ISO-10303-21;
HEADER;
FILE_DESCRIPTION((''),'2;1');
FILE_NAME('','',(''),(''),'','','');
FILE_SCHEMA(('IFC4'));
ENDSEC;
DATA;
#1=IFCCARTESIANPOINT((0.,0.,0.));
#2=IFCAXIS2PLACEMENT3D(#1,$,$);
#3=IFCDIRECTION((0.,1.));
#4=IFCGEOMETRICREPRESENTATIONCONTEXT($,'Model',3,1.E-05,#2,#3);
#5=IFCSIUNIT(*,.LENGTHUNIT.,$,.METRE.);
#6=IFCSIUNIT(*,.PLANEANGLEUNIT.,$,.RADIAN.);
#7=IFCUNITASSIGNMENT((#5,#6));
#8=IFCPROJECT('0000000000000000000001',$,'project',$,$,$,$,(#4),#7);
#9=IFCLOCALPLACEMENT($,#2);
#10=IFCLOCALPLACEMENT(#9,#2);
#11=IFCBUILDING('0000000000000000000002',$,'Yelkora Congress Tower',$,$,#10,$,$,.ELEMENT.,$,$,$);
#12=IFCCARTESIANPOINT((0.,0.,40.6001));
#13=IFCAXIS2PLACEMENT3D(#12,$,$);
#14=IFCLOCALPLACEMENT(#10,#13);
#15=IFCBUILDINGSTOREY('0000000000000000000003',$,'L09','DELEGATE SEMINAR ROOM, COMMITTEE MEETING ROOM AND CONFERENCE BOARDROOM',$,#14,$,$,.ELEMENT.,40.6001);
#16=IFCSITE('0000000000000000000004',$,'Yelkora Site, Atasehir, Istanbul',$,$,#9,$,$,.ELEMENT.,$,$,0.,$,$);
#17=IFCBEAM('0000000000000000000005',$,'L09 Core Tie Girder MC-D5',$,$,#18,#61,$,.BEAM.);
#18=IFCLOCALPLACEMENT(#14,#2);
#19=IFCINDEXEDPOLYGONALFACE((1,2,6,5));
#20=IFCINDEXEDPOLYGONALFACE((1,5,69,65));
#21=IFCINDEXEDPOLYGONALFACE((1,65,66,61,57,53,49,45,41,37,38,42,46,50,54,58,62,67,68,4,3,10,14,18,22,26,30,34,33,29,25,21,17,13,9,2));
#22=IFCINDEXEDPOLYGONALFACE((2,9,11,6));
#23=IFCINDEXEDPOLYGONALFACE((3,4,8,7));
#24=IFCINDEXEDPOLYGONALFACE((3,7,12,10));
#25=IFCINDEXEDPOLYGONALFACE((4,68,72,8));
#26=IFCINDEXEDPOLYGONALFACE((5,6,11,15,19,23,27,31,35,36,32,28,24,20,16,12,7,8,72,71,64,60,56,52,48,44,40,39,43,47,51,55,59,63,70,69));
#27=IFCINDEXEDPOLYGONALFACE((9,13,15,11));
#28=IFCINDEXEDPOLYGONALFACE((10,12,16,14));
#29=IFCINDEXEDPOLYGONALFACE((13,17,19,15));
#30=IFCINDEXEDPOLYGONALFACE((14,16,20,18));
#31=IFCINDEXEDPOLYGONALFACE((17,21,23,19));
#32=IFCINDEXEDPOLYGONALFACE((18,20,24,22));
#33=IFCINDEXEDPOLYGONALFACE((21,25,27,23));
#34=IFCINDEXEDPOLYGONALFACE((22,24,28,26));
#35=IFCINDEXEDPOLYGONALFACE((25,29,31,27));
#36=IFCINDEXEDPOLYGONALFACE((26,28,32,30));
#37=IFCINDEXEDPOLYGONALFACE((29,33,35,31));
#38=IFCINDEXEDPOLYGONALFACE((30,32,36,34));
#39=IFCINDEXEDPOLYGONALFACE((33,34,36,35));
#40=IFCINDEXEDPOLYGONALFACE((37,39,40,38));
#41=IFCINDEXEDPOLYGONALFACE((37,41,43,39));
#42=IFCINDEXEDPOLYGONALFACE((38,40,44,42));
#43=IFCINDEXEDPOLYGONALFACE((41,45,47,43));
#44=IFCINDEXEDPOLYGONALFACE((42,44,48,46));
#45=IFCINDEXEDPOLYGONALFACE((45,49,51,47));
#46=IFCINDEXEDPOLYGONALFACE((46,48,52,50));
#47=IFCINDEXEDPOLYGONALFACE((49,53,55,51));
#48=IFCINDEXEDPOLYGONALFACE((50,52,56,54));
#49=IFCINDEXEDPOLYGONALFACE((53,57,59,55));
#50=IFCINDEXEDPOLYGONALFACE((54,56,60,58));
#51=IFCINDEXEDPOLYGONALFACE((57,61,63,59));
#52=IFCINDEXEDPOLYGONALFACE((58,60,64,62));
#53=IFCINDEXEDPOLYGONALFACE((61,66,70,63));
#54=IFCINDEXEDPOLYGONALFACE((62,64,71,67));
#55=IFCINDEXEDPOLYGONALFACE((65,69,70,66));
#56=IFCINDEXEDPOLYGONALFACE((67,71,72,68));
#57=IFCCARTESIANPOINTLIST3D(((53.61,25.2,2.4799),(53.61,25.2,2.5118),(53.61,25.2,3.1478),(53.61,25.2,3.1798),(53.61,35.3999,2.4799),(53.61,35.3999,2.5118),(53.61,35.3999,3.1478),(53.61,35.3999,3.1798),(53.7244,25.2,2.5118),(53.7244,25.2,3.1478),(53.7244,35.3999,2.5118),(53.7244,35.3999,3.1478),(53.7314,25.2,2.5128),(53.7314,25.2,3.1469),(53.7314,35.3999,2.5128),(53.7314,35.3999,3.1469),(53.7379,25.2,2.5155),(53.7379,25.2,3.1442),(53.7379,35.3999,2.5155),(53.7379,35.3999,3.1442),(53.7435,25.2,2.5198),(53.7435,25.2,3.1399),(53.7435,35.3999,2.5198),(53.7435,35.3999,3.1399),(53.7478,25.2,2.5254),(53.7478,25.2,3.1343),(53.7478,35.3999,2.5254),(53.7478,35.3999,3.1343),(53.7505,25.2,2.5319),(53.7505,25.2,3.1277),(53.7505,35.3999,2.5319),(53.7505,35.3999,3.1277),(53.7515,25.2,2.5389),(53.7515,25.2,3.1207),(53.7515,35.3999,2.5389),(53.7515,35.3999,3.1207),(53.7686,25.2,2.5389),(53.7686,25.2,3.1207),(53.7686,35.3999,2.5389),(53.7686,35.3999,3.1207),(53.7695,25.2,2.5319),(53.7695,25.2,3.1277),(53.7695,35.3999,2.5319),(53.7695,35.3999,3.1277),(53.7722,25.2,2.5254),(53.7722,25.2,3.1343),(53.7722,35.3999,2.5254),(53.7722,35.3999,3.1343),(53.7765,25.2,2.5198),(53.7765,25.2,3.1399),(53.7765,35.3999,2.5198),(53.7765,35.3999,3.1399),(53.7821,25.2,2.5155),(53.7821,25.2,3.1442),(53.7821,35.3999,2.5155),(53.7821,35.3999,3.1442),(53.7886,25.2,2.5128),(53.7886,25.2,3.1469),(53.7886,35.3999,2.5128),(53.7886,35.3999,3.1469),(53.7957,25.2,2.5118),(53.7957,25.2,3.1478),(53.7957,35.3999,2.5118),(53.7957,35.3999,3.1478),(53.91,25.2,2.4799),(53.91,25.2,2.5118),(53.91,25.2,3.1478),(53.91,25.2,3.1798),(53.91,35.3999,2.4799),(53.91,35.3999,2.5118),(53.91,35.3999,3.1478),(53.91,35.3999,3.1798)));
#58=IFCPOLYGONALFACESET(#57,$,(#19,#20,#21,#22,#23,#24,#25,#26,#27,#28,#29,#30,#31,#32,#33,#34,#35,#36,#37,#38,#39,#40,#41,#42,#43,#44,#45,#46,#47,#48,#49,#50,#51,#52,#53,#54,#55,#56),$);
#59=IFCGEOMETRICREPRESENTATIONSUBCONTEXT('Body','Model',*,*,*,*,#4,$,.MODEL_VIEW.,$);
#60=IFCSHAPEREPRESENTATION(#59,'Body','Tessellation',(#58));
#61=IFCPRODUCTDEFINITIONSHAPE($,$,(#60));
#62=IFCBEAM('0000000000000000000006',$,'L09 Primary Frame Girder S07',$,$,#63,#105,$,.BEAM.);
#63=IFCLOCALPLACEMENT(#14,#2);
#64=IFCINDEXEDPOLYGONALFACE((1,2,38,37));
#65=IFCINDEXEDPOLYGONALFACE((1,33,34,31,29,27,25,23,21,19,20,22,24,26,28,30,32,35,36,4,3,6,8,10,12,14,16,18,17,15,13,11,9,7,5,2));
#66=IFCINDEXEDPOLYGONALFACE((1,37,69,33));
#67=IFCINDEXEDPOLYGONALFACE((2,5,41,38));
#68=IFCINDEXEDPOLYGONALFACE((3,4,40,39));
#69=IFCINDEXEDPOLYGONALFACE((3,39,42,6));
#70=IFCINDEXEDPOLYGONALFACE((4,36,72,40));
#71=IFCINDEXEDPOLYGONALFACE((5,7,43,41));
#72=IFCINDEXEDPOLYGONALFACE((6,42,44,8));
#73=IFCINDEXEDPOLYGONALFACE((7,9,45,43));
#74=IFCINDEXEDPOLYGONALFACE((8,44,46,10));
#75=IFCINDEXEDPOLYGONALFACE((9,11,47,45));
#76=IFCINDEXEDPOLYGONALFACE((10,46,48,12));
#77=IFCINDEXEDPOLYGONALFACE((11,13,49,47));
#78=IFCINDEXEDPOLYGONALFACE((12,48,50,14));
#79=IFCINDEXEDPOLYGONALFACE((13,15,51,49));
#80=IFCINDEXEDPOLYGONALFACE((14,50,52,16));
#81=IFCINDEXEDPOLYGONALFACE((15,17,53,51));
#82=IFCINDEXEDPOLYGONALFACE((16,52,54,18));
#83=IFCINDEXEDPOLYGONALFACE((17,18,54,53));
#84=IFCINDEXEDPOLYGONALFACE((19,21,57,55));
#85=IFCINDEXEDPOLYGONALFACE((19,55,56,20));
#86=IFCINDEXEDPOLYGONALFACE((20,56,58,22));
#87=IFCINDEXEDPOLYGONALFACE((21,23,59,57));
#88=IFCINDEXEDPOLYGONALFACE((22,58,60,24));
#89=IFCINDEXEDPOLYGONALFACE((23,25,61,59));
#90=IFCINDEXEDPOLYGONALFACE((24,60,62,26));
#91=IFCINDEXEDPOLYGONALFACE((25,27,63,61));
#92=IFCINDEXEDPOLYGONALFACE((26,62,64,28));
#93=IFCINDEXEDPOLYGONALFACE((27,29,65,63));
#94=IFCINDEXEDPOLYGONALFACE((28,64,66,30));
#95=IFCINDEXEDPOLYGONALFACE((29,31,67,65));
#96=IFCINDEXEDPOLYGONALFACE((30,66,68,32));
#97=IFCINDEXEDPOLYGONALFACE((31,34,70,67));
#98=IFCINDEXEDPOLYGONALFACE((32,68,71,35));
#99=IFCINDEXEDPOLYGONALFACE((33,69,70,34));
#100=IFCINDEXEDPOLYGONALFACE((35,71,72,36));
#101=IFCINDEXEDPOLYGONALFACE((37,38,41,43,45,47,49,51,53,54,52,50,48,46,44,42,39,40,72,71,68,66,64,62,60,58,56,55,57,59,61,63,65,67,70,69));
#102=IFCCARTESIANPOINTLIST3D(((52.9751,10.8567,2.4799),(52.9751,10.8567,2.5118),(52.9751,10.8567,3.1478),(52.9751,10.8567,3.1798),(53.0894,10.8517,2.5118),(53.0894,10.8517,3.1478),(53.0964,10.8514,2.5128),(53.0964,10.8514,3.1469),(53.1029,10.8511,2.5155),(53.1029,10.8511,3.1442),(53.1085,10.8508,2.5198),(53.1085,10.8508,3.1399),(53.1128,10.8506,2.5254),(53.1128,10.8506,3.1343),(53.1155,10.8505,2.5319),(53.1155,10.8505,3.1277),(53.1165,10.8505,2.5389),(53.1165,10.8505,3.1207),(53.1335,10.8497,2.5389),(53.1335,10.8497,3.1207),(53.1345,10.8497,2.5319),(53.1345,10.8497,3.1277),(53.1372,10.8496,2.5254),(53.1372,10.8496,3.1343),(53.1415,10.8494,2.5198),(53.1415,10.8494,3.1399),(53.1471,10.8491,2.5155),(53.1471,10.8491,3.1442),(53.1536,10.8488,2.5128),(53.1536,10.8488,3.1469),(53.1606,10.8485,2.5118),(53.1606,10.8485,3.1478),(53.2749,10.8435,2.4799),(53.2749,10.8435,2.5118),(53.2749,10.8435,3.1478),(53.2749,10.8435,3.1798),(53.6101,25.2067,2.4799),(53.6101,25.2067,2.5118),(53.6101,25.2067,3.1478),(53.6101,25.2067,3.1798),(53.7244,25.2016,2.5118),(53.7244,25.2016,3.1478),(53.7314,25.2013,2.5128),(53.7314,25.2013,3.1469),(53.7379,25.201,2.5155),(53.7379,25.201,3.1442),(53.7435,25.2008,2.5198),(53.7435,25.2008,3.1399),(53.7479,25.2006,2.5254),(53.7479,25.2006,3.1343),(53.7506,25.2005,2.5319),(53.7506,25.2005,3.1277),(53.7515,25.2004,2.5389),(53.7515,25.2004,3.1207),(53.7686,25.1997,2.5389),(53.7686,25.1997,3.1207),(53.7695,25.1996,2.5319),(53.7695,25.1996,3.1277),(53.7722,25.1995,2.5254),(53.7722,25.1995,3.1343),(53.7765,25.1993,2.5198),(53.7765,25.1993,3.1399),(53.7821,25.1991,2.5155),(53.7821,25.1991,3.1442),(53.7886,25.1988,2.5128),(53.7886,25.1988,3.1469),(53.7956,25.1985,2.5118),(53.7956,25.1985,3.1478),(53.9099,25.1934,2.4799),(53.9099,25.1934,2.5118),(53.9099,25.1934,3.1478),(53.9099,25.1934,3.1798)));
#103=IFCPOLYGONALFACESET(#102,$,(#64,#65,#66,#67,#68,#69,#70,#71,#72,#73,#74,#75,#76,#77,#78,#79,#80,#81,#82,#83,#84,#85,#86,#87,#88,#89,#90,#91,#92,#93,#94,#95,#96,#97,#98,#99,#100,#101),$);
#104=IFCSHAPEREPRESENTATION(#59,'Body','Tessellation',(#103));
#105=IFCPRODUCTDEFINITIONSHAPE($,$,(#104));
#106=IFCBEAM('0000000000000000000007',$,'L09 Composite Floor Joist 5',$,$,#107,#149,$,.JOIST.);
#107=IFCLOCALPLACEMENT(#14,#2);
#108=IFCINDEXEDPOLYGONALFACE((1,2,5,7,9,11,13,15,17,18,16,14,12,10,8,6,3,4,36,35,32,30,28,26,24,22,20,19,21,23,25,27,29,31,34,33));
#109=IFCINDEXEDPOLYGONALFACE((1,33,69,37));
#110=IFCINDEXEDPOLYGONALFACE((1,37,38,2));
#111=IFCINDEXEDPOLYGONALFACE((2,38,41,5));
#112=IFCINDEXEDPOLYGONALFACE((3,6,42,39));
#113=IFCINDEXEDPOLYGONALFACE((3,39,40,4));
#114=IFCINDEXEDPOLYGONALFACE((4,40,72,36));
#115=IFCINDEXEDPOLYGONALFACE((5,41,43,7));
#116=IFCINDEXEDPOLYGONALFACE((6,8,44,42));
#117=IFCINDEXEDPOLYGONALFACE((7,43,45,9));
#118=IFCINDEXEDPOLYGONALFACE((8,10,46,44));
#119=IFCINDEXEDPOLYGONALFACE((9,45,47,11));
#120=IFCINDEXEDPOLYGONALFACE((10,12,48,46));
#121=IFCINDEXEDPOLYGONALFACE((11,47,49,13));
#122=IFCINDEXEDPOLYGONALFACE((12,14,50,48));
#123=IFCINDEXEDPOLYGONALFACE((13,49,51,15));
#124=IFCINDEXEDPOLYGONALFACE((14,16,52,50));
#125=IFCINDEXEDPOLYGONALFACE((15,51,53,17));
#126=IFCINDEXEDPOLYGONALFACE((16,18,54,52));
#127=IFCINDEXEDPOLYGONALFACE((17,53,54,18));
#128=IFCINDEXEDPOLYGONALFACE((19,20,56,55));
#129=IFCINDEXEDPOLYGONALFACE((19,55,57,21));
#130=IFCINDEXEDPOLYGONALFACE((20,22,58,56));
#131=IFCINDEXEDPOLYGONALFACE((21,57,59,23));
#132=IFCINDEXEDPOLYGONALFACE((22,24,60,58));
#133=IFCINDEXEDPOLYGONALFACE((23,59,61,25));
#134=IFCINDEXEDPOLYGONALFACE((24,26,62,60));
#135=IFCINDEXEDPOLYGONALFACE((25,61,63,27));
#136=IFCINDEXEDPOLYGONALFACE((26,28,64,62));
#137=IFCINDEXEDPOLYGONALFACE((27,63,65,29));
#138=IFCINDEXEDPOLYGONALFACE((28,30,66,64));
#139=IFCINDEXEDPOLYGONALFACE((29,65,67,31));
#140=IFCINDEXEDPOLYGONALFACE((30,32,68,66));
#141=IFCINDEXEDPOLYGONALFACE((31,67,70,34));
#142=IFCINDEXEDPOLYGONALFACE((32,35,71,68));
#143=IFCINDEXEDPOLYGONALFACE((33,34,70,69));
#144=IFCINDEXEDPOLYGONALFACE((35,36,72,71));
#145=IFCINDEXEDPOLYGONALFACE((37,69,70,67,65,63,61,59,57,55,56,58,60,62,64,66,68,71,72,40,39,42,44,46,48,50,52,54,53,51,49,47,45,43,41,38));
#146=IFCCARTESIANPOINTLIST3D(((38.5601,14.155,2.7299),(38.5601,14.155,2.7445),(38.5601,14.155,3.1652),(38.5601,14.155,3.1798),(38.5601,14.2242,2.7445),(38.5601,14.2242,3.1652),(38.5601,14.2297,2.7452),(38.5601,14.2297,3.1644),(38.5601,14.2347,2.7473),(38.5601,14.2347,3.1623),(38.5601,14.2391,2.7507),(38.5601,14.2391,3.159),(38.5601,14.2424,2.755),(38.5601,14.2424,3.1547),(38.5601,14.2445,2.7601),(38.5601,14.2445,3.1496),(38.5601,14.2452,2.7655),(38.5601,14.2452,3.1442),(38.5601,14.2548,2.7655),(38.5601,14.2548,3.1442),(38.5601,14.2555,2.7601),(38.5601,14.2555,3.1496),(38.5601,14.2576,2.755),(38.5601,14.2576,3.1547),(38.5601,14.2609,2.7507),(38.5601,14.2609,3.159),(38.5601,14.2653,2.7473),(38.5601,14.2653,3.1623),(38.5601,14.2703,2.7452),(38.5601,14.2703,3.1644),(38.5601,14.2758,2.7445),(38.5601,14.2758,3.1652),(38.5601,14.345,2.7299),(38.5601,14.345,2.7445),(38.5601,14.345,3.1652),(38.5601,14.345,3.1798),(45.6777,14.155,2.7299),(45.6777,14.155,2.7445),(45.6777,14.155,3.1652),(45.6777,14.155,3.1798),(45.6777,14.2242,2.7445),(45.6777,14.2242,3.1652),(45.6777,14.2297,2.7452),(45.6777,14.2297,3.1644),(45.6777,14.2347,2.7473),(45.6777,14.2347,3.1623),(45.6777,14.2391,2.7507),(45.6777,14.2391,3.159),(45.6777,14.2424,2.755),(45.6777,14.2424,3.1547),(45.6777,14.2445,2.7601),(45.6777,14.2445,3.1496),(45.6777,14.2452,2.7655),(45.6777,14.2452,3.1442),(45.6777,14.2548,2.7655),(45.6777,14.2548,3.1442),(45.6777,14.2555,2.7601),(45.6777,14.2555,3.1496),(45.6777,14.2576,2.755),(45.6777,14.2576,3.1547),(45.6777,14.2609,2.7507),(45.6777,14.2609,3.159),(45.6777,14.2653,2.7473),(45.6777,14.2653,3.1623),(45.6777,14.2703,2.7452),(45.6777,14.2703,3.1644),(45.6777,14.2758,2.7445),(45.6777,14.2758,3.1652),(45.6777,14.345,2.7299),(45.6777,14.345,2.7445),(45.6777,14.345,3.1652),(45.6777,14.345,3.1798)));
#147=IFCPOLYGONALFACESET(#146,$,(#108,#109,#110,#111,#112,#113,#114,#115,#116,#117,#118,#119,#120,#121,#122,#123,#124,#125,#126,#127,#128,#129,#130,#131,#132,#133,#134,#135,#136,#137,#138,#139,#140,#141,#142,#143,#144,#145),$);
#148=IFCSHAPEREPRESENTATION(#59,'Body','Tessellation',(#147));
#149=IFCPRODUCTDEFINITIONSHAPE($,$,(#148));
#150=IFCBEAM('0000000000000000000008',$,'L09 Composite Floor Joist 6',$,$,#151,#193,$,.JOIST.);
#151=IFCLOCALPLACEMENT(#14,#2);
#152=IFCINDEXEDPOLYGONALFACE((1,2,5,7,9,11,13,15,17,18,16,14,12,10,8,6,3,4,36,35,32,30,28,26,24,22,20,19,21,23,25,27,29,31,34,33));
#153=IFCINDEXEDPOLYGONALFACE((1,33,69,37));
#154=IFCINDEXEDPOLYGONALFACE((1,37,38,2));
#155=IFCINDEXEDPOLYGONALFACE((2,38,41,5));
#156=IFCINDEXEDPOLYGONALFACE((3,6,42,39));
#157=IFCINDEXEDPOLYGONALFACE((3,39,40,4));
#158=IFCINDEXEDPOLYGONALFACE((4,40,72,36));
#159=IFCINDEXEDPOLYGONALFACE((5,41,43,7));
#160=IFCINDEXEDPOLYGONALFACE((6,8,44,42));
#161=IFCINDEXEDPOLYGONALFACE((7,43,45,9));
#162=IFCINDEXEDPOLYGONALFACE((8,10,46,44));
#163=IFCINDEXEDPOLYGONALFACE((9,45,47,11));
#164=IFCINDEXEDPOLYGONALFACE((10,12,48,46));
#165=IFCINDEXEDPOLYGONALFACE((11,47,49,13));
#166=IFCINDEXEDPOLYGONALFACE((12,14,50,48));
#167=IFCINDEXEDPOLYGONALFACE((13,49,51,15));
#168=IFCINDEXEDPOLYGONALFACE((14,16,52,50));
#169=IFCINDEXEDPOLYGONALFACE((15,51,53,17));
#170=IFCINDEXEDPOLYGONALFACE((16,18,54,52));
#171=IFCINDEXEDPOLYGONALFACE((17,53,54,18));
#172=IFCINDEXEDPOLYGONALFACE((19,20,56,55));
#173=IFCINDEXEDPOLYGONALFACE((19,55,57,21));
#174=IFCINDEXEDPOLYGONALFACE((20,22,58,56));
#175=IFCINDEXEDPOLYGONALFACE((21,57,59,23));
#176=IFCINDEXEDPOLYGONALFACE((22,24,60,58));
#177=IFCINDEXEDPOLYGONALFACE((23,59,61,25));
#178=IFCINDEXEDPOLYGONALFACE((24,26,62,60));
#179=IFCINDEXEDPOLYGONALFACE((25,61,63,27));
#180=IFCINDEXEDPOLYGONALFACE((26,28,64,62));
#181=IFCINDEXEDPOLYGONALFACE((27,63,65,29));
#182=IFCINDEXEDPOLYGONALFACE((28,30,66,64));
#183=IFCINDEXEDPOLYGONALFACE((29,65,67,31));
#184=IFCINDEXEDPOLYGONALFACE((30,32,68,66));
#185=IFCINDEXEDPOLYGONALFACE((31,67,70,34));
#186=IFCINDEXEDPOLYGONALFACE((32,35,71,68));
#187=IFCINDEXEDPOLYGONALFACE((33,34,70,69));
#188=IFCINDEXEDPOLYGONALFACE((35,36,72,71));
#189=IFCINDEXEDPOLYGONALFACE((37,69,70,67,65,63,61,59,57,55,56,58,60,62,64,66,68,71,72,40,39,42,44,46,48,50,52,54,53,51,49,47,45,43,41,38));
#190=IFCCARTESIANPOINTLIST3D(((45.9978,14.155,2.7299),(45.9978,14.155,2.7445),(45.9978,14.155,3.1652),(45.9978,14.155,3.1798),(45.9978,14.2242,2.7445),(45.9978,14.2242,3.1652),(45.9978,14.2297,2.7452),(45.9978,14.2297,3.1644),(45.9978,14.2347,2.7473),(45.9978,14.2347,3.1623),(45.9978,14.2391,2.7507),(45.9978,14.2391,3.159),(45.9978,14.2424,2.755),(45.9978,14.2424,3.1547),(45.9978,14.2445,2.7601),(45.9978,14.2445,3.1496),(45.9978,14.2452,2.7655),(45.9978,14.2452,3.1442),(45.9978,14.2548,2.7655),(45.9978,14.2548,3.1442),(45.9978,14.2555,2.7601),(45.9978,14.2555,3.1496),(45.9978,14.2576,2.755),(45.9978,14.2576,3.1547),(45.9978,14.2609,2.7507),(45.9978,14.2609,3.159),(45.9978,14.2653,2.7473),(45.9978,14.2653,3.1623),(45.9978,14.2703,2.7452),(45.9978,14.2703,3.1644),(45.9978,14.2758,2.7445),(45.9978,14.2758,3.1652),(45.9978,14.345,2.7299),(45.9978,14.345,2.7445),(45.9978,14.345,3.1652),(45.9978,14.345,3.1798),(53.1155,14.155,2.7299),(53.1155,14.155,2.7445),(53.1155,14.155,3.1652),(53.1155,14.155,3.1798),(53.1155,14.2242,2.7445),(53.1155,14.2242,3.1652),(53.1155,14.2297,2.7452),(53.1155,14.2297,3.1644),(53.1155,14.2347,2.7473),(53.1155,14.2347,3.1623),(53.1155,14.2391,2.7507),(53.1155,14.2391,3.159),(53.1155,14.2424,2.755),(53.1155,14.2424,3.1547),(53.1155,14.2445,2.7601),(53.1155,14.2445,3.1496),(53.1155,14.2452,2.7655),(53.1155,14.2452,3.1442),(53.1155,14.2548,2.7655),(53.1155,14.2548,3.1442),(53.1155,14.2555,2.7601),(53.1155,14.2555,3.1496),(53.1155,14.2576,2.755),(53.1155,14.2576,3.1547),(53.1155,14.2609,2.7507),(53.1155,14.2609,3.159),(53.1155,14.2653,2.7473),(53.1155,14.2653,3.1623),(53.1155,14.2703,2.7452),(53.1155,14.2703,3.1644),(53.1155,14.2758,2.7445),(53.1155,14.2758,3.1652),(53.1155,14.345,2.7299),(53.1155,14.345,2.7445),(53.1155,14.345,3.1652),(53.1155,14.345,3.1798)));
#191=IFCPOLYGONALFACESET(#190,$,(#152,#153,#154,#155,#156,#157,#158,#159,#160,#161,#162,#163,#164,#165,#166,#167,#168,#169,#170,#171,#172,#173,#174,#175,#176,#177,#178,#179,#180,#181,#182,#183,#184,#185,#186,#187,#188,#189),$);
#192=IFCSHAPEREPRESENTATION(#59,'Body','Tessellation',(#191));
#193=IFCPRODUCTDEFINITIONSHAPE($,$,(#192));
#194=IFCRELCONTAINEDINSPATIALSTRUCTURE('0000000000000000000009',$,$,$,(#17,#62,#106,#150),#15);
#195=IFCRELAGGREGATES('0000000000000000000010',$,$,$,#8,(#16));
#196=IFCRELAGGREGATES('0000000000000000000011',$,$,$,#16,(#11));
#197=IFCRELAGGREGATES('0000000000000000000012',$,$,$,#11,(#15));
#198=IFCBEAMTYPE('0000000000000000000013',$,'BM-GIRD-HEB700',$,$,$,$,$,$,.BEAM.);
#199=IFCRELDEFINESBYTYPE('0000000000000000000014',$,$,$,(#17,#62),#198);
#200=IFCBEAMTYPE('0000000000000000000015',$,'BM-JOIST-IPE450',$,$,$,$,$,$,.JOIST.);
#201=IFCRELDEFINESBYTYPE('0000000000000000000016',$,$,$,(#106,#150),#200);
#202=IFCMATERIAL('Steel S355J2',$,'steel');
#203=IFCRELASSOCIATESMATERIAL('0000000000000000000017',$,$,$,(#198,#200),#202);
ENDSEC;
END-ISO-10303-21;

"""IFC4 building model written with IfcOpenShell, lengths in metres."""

from ifc_helpers import new_model, si_unit, direction, frame, origin, origin_2d, place, context, subcontext, project, spatial, i_section, extrude, material, material_profile, profile_set, type_object, element, save


model = new_model("IFC4")

# Units and contexts
model_context = context("Model", 3, precision=1e-05, world=origin(), true_north=direction((0.0, 1.0)))
body_context = subcontext(model_context, "Body", "Model", "MODEL_VIEW")
ifc_project = project(units=[si_unit("LENGTHUNIT", "METRE"), si_unit("PLANEANGLEUNIT", "RADIAN")], contexts=[model_context])

# Site, building, storey
site_placement = place(None, origin())
site = spatial("IfcSite", under=ifc_project, at=site_placement, Name="Yelkora Site, Atasehir, Istanbul", CompositionType="ELEMENT", RefElevation=0.0)
building_placement = place(site_placement, origin())
building = spatial("IfcBuilding", under=site, at=building_placement, Name="Yelkora Congress Tower", CompositionType="ELEMENT")
storey_placement = place(building_placement, frame((0.0, 0.0, 40.6001)))
storey = spatial("IfcBuildingStorey", under=building, at=storey_placement, Name="L09", Description="DELEGATE SEMINAR ROOM, COMMITTEE MEETING ROOM AND CONFERENCE BOARDROOM", CompositionType="ELEMENT", Elevation=40.6001)

# Beams
ifc_material_1 = material(Name="Steel S355J2", Category="steel")
ifc_material_profile_1 = material_profile(ifc_material_1, i_section(OverallWidth=0.3, OverallDepth=0.7, WebThickness=0.0171, FlangeThickness=0.032, FilletRadius=0.0271, at=origin_2d()), Name="HEB 700")
ifc_profile_set_1 = profile_set([ifc_material_profile_1], Name="Steel S355J2")
beam_type_1 = type_object("IfcBeamType", Name="BM-GIRD-HEB700", PredefinedType="BEAM", material=ifc_profile_set_1)
for number, where, z_axis, x_axis, name in (
    (1, (53.76, 25.2, 2.8298), (0.0, 1.0, 0.0), (-1.0, 0.0, 0.0), "L09 Core Tie Girder MC-D5"),
):
    element("IfcBeam", number, at=place(storey_placement, frame(where, z_axis=z_axis, x_axis=x_axis)), inside=storey, type_object=beam_type_1, Name=name, PredefinedType="BEAM", context=body_context, shape_type="SweptSolid", body=[
        extrude(i_section(OverallWidth=0.3, OverallDepth=0.7, WebThickness=0.0171, FlangeThickness=0.032, FilletRadius=0.0271, at=origin_2d()), origin(), (0.0, 0.0, 1.0), 10.2),
    ])
beam_1_placement = place(storey_placement, frame((53.125, 10.8501, 2.8298), z_axis=(0.044209, 0.999022, 0.0), x_axis=(-0.999022, 0.044209, 0.0)))
element("IfcBeam", 2, at=beam_1_placement, inside=storey, type_object=beam_type_1, Name="L09 Primary Frame Girder S07", PredefinedType="BEAM", context=body_context, shape_type="SweptSolid", body=[
    extrude(i_section(OverallWidth=0.3, OverallDepth=0.7, WebThickness=0.0171, FlangeThickness=0.032, FilletRadius=0.0271, at=origin_2d()), origin(), (0.0, 0.0, 1.0), 14.364),
])
ifc_material_profile_2 = material_profile(ifc_material_1, i_section(OverallWidth=0.1899, OverallDepth=0.45, WebThickness=0.0095, FlangeThickness=0.0146, FilletRadius=0.021, at=origin_2d()), Name="IPE 450")
ifc_profile_set_2 = profile_set([ifc_material_profile_2], Name="Steel S355J2")
beam_type_2 = type_object("IfcBeamType", Name="BM-JOIST-IPE450", PredefinedType="JOIST", material=ifc_profile_set_2)
for number, where, z_axis, x_axis, name in (
    (3, (38.5601, 14.25, 2.9548), (1.0, 0.0, 0.0), (0.0, 1.0, 0.0), "L09 Composite Floor Joist 5"),
    (4, (45.9978, 14.25, 2.9548), (1.0, 0.0, 0.0), (0.0, 1.0, 0.0), "L09 Composite Floor Joist 6"),
):
    element("IfcBeam", number, at=place(storey_placement, frame(where, z_axis=z_axis, x_axis=x_axis)), inside=storey, type_object=beam_type_2, Name=name, PredefinedType="JOIST", context=body_context, shape_type="SweptSolid", body=[
        extrude(i_section(OverallWidth=0.1899, OverallDepth=0.45, WebThickness=0.0095, FlangeThickness=0.0146, FilletRadius=0.021, at=origin_2d()), origin(), (0.0, 0.0, 1.0), 7.1177),
    ])

save(model, "model.ifc")
